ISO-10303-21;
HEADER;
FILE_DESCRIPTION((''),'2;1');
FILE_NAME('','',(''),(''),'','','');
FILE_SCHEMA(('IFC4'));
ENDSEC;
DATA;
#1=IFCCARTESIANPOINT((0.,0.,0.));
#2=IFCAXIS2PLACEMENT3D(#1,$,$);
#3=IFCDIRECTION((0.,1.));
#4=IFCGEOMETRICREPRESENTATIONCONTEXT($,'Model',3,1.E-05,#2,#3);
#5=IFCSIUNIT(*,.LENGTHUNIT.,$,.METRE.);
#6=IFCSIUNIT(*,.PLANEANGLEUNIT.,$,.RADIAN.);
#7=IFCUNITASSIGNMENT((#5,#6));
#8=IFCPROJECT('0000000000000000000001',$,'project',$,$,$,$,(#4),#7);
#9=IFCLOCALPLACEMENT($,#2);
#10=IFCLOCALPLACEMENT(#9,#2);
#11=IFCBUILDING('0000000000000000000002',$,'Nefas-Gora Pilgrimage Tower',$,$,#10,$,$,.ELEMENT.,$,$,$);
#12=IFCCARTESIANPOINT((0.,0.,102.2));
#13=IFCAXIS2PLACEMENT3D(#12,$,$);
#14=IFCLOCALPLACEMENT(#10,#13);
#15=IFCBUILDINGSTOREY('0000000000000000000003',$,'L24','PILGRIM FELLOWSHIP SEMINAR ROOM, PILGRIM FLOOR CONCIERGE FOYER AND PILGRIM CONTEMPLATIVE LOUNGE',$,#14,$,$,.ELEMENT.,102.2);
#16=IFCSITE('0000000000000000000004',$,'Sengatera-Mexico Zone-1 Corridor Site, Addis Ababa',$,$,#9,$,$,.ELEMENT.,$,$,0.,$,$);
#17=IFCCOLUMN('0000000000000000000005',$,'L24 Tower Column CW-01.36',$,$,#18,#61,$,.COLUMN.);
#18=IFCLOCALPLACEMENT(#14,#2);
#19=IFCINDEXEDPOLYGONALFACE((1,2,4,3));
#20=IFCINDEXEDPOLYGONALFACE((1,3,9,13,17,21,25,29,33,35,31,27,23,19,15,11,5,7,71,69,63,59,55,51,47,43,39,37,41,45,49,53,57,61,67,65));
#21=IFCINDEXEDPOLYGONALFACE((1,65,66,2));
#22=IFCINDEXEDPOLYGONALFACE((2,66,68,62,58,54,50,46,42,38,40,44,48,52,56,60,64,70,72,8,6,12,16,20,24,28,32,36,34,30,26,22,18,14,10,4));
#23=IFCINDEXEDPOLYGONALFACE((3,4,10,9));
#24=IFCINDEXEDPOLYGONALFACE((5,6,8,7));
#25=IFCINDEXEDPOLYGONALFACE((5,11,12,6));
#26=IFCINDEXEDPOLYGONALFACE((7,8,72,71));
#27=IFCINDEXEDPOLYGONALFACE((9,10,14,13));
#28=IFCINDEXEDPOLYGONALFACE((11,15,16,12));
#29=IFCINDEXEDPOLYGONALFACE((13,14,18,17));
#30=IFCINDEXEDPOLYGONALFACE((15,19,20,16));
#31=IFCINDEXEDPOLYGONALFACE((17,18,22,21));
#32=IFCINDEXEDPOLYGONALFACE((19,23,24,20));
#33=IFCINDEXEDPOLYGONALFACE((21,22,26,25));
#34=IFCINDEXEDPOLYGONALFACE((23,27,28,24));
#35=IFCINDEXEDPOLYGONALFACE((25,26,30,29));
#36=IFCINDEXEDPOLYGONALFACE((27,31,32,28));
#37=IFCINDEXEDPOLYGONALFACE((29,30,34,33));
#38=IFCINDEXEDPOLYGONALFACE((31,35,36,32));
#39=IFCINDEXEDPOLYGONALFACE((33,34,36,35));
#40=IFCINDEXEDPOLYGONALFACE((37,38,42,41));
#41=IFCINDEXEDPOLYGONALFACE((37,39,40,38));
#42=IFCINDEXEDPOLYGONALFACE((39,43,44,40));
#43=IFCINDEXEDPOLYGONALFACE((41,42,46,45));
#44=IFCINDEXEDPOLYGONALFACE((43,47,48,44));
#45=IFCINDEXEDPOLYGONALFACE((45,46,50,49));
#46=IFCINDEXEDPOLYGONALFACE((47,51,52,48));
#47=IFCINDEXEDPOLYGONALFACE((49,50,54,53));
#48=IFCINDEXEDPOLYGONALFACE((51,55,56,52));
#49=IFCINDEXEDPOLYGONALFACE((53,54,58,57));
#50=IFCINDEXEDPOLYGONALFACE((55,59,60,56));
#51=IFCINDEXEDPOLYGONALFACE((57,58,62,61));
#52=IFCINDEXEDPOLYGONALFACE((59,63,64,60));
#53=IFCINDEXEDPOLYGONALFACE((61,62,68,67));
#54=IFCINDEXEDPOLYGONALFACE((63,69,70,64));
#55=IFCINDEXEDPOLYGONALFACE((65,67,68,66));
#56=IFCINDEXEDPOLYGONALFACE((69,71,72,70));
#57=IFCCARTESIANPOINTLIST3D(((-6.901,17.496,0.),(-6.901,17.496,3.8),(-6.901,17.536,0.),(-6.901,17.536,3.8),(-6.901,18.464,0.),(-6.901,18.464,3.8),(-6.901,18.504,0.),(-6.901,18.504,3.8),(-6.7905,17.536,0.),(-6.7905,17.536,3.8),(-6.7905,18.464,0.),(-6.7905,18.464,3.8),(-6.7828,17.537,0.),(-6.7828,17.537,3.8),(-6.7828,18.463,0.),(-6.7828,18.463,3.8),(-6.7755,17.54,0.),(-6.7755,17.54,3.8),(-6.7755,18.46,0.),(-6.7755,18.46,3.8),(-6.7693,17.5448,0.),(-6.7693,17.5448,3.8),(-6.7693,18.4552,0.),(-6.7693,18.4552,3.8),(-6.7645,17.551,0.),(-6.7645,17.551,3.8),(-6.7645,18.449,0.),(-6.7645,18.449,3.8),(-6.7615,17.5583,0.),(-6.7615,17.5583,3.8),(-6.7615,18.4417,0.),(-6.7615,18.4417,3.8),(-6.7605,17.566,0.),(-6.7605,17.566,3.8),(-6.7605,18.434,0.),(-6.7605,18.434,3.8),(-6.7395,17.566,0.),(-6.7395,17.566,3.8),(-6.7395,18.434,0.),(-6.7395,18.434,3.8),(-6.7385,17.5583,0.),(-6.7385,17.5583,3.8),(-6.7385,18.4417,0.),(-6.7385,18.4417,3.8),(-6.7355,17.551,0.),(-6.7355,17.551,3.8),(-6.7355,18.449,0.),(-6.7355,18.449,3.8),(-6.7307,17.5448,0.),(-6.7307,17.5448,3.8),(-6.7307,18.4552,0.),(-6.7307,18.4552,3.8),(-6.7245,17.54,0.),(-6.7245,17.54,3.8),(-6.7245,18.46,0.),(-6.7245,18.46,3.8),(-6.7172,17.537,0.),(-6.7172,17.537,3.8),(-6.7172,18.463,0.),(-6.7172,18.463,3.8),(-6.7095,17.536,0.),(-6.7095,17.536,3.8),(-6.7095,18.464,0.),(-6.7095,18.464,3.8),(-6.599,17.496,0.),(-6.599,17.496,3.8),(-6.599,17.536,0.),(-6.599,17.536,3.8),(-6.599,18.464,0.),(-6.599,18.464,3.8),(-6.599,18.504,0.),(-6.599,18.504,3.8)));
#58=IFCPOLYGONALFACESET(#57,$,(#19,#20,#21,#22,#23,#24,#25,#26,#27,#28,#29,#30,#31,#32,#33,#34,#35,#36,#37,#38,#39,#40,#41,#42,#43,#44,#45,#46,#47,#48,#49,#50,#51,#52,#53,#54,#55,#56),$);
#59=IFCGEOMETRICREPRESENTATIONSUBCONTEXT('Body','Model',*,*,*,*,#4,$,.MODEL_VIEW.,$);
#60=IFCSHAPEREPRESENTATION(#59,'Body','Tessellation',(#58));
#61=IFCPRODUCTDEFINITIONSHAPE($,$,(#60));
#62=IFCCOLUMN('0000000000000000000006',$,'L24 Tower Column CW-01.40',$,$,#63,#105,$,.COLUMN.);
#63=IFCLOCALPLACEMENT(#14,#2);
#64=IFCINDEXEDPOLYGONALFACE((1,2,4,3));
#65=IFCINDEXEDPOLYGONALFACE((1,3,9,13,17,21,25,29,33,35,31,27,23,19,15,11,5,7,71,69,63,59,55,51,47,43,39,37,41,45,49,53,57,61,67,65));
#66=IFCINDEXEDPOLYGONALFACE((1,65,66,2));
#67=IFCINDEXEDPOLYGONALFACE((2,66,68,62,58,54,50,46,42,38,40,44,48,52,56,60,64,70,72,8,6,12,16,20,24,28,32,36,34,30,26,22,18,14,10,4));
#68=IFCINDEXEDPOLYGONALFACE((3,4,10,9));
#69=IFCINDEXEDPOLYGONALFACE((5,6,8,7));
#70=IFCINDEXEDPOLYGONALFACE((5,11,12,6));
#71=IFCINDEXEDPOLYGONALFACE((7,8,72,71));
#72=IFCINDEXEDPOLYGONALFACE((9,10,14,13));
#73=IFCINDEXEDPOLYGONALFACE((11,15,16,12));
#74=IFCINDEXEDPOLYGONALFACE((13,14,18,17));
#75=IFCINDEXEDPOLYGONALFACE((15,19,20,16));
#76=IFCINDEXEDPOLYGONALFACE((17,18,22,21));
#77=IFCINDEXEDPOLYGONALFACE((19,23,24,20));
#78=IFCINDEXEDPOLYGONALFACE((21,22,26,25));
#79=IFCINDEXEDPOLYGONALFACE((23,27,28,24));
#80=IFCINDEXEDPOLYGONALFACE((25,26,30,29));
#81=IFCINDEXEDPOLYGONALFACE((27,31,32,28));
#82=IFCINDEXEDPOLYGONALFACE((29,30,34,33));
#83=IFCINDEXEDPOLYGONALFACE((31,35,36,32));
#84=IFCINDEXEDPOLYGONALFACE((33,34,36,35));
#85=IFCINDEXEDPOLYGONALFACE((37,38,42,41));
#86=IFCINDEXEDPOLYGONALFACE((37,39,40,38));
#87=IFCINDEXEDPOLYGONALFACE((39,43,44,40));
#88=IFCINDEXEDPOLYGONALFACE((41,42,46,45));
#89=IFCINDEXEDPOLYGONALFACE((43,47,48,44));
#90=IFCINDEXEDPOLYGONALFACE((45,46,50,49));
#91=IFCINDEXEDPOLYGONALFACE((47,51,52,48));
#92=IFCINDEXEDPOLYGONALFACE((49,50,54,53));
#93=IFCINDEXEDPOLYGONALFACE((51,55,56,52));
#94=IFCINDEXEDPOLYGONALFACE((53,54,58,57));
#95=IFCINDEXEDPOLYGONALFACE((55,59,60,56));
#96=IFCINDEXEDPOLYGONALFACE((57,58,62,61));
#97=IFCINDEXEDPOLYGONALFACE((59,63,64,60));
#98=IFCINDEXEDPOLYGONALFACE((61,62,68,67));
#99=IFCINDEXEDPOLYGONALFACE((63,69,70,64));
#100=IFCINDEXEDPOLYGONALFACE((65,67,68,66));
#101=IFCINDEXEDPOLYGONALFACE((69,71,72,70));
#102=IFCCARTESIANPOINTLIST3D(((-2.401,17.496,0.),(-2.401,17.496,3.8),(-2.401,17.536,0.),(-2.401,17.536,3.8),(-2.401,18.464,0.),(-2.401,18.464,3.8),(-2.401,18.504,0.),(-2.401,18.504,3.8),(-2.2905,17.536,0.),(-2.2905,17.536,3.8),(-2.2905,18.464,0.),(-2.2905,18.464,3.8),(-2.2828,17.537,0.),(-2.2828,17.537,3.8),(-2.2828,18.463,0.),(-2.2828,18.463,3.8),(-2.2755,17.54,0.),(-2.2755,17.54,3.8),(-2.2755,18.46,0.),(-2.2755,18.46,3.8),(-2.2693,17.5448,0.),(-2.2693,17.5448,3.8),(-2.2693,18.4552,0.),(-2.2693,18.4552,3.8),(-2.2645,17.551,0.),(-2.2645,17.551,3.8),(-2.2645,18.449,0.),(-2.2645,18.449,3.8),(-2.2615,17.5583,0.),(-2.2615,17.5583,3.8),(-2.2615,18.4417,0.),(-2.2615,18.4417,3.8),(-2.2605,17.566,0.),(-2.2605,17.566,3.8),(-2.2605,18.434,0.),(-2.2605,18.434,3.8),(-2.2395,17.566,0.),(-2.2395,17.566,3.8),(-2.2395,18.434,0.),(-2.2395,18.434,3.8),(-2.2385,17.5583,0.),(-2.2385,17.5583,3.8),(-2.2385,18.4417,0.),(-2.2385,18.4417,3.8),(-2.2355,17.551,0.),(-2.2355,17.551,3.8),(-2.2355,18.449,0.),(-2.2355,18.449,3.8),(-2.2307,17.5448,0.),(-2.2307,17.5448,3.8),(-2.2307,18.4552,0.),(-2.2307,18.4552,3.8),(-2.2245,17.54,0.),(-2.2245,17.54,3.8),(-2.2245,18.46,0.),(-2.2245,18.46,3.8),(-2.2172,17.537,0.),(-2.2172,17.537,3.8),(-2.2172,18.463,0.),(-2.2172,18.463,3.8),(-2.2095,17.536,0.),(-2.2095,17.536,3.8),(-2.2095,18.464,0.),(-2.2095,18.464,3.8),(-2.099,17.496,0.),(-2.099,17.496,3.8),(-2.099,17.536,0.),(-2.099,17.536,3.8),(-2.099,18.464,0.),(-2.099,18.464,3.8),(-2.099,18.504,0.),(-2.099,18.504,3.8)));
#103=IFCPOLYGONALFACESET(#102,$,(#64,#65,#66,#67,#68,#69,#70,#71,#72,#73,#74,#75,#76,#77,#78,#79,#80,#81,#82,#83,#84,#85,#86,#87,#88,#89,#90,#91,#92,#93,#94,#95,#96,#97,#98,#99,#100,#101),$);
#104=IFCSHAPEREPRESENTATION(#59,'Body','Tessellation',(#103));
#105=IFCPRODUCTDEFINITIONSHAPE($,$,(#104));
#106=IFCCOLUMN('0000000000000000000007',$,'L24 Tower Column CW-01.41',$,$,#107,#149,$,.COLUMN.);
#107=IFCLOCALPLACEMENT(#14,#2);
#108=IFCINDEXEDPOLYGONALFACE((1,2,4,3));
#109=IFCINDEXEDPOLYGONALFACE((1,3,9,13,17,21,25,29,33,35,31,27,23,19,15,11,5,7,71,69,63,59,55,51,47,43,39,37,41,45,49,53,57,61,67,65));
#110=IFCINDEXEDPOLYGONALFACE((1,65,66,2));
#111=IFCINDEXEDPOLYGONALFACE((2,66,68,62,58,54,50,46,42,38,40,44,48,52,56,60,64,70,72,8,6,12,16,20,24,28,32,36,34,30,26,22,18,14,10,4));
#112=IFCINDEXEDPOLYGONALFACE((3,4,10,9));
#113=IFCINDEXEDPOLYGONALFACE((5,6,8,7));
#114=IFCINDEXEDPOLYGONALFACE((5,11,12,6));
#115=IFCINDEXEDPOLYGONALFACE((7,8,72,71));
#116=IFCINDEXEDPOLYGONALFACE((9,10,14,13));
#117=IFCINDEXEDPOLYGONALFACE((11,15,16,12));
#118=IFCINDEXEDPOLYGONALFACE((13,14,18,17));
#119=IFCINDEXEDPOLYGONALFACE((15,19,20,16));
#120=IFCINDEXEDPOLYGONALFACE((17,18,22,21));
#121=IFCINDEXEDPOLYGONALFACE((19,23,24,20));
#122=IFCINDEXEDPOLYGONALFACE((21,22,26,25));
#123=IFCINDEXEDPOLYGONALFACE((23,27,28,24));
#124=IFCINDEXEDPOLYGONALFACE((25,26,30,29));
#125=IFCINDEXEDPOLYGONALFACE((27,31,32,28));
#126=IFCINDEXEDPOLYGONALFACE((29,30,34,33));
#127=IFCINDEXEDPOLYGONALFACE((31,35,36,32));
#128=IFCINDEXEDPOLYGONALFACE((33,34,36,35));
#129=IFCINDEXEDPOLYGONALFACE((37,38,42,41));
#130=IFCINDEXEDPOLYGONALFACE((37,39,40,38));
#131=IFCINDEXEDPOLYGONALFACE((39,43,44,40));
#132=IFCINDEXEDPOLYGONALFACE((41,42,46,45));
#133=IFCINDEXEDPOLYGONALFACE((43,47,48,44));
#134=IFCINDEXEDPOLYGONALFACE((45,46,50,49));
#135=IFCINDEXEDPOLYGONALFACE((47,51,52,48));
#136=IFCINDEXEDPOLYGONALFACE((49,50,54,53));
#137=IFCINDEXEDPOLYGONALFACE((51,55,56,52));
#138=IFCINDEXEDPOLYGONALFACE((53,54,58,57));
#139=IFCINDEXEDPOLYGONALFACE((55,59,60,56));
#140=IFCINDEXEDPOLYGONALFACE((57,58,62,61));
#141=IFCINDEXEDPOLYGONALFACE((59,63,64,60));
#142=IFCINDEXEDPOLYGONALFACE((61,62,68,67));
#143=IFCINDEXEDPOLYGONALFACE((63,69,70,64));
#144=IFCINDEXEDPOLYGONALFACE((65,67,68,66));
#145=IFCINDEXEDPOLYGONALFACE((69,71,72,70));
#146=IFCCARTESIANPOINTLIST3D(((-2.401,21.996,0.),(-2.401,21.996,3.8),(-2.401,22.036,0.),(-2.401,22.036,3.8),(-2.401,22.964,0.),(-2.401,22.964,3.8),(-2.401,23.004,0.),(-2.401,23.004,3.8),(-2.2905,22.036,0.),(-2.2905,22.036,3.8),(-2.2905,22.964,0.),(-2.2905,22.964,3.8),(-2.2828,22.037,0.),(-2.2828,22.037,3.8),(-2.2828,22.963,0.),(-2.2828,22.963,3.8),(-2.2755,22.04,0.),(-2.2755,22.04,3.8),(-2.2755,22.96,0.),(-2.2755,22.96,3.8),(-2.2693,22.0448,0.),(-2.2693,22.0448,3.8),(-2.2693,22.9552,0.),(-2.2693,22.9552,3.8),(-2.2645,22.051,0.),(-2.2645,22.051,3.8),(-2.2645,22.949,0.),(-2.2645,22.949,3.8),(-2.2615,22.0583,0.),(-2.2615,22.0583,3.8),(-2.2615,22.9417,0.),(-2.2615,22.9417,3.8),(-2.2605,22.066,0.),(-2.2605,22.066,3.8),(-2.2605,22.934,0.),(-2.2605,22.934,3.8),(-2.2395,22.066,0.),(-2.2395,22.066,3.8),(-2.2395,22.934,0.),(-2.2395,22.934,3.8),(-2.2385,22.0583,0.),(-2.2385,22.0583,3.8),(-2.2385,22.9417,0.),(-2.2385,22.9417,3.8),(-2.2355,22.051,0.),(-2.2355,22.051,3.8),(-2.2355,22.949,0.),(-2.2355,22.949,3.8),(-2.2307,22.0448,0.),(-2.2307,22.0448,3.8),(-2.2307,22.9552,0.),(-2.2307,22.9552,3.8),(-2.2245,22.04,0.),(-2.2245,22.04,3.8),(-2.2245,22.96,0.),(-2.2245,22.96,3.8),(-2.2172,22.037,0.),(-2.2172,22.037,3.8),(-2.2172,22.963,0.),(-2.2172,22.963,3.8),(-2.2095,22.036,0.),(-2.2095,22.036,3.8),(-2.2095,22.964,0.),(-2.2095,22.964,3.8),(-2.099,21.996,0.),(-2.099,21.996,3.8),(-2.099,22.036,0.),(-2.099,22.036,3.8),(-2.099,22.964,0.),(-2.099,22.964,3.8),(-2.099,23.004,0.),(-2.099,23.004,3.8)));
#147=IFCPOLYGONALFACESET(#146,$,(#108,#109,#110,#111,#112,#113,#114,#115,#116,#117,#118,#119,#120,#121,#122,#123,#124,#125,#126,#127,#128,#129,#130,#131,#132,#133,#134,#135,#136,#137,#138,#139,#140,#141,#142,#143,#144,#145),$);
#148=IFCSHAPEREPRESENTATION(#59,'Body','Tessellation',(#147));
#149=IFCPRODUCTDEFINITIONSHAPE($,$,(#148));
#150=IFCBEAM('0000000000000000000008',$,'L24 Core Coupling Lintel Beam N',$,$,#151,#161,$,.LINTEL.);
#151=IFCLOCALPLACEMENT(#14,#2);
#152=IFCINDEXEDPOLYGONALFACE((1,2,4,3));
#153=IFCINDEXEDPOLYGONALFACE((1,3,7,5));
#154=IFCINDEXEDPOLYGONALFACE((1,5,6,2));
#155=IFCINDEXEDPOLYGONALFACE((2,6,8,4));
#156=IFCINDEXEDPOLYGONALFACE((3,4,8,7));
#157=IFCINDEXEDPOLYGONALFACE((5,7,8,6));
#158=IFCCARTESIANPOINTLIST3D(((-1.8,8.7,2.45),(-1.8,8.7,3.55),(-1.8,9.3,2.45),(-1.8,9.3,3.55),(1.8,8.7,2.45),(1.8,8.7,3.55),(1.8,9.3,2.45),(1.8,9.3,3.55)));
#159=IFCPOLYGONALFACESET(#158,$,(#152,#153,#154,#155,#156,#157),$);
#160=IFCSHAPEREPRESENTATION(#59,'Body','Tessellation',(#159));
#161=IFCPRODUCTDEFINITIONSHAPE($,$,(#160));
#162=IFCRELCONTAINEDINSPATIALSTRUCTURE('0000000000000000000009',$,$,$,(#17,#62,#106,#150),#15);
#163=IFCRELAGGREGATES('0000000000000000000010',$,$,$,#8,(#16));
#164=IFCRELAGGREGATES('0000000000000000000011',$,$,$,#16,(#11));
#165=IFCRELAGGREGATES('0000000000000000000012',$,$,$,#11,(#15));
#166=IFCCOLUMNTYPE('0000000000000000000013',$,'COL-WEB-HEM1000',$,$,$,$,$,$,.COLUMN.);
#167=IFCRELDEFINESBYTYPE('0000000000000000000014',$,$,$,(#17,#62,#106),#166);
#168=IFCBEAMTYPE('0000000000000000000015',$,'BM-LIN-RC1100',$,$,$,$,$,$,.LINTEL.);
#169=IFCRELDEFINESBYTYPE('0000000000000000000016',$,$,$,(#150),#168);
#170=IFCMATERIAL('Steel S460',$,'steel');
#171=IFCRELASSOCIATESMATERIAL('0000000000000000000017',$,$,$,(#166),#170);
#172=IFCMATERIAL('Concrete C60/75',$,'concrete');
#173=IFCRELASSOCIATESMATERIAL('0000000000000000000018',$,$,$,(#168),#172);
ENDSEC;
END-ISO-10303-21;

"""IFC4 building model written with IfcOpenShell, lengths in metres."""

from ifc_helpers import new_model, si_unit, direction, frame, origin, origin_2d, place, context, subcontext, project, spatial, rectangle, i_section, extrude, source, transform, mapped, material, material_profile, profile_set, type_object, element, save


model = new_model("IFC4")

# Units and contexts
model_context = context("Model", 3, precision=1e-05, world=origin(), true_north=direction((0.0, 1.0)))
body_context = subcontext(model_context, "Body", "Model", "MODEL_VIEW")
ifc_project = project(units=[si_unit("LENGTHUNIT", "METRE"), si_unit("PLANEANGLEUNIT", "RADIAN")], contexts=[model_context])

# Site, building, storey
site_placement = place(None, origin())
site = spatial("IfcSite", under=ifc_project, at=site_placement, Name="Sengatera-Mexico Zone-1 Corridor Site, Addis Ababa", CompositionType="ELEMENT", RefElevation=0.0)
building_placement = place(site_placement, origin())
building = spatial("IfcBuilding", under=site, at=building_placement, Name="Nefas-Gora Pilgrimage Tower", CompositionType="ELEMENT")
storey_placement = place(building_placement, frame((0.0, 0.0, 102.2)))
storey = spatial("IfcBuildingStorey", under=building, at=storey_placement, Name="L24", Description="PILGRIM FELLOWSHIP SEMINAR ROOM, PILGRIM FLOOR CONCIERGE FOYER AND PILGRIM CONTEMPLATIVE LOUNGE", CompositionType="ELEMENT", Elevation=102.2)

# Columns
ifc_material_1 = material(Name="Steel S460", Category="steel")
ifc_material_profile_1 = material_profile(ifc_material_1, i_section(OverallWidth=0.302, OverallDepth=1.0081, WebThickness=0.021, FlangeThickness=0.04, FilletRadius=0.03, at=origin_2d()), Name="HEM 1000")
ifc_profile_set_1 = profile_set([ifc_material_profile_1], Name="Steel S460")
column_type_1 = type_object("IfcColumnType", Name="COL-WEB-HEM1000", PredefinedType="COLUMN", material=ifc_profile_set_1)
shared_shape_1 = source(origin(), body_context, "Body", "SweptSolid", [
    extrude(i_section(OverallWidth=0.302, OverallDepth=1.0081, WebThickness=0.021, FlangeThickness=0.04, FilletRadius=0.03, at=origin_2d()), origin(), (0.0, 0.0, 1.0), 3.8),
])
for number, where, z_axis, x_axis, name in (
    (1, (-6.75, 18.0, 0.0), (0.0, 0.0, 1.0), (1.0, 0.0, 0.0), "L24 Tower Column CW-01.36"),
    (2, (-2.25, 18.0, 0.0), (0.0, 0.0, 1.0), (1.0, 0.0, 0.0), "L24 Tower Column CW-01.40"),
    (3, (-2.25, 22.5, 0.0), (0.0, 0.0, 1.0), (1.0, 0.0, 0.0), "L24 Tower Column CW-01.41"),
):
    element("IfcColumn", number, at=place(storey_placement, frame(where, z_axis=z_axis, x_axis=x_axis)), inside=storey, type_object=column_type_1, Name=name, PredefinedType="COLUMN", context=body_context, shape_type="MappedRepresentation", body=[
        mapped(shared_shape_1, transform((0.0, 0.0, 0.0), x_axis=(1.0, 0.0, 0.0), y_axis=(0.0, 1.0, 0.0), z_axis=(0.0, 0.0, 1.0), scale=1.0)),
    ])

# Beam
ifc_material_2 = material(Name="Concrete C60/75", Category="concrete")
ifc_material_profile_2 = material_profile(ifc_material_2, rectangle(XDim=0.6001, YDim=1.1001, at=origin_2d()), Name="RC 600x1100")
ifc_profile_set_2 = profile_set([ifc_material_profile_2], Name="Concrete C60/75")
beam_type_1 = type_object("IfcBeamType", Name="BM-LIN-RC1100", PredefinedType="LINTEL", material=ifc_profile_set_2)
shared_shape_2 = source(origin(), body_context, "Body", "SweptSolid", [
    extrude(rectangle(XDim=0.6001, YDim=1.1001, at=origin_2d()), origin(), (0.0, 0.0, 1.0), 3.6001),
])
beam_placement = place(storey_placement, frame((-1.8, 9.0, 3.0), z_axis=(1.0, 0.0, 0.0), x_axis=(0.0, 1.0, 0.0)))
element("IfcBeam", 4, at=beam_placement, inside=storey, type_object=beam_type_1, Name="L24 Core Coupling Lintel Beam N", PredefinedType="LINTEL", context=body_context, shape_type="MappedRepresentation", body=[
    mapped(shared_shape_2, transform((0.0, 0.0, 0.0), x_axis=(1.0, 0.0, 0.0), y_axis=(0.0, 1.0, 0.0), z_axis=(0.0, 0.0, 1.0), scale=1.0)),
])

save(model, "model.ifc")
